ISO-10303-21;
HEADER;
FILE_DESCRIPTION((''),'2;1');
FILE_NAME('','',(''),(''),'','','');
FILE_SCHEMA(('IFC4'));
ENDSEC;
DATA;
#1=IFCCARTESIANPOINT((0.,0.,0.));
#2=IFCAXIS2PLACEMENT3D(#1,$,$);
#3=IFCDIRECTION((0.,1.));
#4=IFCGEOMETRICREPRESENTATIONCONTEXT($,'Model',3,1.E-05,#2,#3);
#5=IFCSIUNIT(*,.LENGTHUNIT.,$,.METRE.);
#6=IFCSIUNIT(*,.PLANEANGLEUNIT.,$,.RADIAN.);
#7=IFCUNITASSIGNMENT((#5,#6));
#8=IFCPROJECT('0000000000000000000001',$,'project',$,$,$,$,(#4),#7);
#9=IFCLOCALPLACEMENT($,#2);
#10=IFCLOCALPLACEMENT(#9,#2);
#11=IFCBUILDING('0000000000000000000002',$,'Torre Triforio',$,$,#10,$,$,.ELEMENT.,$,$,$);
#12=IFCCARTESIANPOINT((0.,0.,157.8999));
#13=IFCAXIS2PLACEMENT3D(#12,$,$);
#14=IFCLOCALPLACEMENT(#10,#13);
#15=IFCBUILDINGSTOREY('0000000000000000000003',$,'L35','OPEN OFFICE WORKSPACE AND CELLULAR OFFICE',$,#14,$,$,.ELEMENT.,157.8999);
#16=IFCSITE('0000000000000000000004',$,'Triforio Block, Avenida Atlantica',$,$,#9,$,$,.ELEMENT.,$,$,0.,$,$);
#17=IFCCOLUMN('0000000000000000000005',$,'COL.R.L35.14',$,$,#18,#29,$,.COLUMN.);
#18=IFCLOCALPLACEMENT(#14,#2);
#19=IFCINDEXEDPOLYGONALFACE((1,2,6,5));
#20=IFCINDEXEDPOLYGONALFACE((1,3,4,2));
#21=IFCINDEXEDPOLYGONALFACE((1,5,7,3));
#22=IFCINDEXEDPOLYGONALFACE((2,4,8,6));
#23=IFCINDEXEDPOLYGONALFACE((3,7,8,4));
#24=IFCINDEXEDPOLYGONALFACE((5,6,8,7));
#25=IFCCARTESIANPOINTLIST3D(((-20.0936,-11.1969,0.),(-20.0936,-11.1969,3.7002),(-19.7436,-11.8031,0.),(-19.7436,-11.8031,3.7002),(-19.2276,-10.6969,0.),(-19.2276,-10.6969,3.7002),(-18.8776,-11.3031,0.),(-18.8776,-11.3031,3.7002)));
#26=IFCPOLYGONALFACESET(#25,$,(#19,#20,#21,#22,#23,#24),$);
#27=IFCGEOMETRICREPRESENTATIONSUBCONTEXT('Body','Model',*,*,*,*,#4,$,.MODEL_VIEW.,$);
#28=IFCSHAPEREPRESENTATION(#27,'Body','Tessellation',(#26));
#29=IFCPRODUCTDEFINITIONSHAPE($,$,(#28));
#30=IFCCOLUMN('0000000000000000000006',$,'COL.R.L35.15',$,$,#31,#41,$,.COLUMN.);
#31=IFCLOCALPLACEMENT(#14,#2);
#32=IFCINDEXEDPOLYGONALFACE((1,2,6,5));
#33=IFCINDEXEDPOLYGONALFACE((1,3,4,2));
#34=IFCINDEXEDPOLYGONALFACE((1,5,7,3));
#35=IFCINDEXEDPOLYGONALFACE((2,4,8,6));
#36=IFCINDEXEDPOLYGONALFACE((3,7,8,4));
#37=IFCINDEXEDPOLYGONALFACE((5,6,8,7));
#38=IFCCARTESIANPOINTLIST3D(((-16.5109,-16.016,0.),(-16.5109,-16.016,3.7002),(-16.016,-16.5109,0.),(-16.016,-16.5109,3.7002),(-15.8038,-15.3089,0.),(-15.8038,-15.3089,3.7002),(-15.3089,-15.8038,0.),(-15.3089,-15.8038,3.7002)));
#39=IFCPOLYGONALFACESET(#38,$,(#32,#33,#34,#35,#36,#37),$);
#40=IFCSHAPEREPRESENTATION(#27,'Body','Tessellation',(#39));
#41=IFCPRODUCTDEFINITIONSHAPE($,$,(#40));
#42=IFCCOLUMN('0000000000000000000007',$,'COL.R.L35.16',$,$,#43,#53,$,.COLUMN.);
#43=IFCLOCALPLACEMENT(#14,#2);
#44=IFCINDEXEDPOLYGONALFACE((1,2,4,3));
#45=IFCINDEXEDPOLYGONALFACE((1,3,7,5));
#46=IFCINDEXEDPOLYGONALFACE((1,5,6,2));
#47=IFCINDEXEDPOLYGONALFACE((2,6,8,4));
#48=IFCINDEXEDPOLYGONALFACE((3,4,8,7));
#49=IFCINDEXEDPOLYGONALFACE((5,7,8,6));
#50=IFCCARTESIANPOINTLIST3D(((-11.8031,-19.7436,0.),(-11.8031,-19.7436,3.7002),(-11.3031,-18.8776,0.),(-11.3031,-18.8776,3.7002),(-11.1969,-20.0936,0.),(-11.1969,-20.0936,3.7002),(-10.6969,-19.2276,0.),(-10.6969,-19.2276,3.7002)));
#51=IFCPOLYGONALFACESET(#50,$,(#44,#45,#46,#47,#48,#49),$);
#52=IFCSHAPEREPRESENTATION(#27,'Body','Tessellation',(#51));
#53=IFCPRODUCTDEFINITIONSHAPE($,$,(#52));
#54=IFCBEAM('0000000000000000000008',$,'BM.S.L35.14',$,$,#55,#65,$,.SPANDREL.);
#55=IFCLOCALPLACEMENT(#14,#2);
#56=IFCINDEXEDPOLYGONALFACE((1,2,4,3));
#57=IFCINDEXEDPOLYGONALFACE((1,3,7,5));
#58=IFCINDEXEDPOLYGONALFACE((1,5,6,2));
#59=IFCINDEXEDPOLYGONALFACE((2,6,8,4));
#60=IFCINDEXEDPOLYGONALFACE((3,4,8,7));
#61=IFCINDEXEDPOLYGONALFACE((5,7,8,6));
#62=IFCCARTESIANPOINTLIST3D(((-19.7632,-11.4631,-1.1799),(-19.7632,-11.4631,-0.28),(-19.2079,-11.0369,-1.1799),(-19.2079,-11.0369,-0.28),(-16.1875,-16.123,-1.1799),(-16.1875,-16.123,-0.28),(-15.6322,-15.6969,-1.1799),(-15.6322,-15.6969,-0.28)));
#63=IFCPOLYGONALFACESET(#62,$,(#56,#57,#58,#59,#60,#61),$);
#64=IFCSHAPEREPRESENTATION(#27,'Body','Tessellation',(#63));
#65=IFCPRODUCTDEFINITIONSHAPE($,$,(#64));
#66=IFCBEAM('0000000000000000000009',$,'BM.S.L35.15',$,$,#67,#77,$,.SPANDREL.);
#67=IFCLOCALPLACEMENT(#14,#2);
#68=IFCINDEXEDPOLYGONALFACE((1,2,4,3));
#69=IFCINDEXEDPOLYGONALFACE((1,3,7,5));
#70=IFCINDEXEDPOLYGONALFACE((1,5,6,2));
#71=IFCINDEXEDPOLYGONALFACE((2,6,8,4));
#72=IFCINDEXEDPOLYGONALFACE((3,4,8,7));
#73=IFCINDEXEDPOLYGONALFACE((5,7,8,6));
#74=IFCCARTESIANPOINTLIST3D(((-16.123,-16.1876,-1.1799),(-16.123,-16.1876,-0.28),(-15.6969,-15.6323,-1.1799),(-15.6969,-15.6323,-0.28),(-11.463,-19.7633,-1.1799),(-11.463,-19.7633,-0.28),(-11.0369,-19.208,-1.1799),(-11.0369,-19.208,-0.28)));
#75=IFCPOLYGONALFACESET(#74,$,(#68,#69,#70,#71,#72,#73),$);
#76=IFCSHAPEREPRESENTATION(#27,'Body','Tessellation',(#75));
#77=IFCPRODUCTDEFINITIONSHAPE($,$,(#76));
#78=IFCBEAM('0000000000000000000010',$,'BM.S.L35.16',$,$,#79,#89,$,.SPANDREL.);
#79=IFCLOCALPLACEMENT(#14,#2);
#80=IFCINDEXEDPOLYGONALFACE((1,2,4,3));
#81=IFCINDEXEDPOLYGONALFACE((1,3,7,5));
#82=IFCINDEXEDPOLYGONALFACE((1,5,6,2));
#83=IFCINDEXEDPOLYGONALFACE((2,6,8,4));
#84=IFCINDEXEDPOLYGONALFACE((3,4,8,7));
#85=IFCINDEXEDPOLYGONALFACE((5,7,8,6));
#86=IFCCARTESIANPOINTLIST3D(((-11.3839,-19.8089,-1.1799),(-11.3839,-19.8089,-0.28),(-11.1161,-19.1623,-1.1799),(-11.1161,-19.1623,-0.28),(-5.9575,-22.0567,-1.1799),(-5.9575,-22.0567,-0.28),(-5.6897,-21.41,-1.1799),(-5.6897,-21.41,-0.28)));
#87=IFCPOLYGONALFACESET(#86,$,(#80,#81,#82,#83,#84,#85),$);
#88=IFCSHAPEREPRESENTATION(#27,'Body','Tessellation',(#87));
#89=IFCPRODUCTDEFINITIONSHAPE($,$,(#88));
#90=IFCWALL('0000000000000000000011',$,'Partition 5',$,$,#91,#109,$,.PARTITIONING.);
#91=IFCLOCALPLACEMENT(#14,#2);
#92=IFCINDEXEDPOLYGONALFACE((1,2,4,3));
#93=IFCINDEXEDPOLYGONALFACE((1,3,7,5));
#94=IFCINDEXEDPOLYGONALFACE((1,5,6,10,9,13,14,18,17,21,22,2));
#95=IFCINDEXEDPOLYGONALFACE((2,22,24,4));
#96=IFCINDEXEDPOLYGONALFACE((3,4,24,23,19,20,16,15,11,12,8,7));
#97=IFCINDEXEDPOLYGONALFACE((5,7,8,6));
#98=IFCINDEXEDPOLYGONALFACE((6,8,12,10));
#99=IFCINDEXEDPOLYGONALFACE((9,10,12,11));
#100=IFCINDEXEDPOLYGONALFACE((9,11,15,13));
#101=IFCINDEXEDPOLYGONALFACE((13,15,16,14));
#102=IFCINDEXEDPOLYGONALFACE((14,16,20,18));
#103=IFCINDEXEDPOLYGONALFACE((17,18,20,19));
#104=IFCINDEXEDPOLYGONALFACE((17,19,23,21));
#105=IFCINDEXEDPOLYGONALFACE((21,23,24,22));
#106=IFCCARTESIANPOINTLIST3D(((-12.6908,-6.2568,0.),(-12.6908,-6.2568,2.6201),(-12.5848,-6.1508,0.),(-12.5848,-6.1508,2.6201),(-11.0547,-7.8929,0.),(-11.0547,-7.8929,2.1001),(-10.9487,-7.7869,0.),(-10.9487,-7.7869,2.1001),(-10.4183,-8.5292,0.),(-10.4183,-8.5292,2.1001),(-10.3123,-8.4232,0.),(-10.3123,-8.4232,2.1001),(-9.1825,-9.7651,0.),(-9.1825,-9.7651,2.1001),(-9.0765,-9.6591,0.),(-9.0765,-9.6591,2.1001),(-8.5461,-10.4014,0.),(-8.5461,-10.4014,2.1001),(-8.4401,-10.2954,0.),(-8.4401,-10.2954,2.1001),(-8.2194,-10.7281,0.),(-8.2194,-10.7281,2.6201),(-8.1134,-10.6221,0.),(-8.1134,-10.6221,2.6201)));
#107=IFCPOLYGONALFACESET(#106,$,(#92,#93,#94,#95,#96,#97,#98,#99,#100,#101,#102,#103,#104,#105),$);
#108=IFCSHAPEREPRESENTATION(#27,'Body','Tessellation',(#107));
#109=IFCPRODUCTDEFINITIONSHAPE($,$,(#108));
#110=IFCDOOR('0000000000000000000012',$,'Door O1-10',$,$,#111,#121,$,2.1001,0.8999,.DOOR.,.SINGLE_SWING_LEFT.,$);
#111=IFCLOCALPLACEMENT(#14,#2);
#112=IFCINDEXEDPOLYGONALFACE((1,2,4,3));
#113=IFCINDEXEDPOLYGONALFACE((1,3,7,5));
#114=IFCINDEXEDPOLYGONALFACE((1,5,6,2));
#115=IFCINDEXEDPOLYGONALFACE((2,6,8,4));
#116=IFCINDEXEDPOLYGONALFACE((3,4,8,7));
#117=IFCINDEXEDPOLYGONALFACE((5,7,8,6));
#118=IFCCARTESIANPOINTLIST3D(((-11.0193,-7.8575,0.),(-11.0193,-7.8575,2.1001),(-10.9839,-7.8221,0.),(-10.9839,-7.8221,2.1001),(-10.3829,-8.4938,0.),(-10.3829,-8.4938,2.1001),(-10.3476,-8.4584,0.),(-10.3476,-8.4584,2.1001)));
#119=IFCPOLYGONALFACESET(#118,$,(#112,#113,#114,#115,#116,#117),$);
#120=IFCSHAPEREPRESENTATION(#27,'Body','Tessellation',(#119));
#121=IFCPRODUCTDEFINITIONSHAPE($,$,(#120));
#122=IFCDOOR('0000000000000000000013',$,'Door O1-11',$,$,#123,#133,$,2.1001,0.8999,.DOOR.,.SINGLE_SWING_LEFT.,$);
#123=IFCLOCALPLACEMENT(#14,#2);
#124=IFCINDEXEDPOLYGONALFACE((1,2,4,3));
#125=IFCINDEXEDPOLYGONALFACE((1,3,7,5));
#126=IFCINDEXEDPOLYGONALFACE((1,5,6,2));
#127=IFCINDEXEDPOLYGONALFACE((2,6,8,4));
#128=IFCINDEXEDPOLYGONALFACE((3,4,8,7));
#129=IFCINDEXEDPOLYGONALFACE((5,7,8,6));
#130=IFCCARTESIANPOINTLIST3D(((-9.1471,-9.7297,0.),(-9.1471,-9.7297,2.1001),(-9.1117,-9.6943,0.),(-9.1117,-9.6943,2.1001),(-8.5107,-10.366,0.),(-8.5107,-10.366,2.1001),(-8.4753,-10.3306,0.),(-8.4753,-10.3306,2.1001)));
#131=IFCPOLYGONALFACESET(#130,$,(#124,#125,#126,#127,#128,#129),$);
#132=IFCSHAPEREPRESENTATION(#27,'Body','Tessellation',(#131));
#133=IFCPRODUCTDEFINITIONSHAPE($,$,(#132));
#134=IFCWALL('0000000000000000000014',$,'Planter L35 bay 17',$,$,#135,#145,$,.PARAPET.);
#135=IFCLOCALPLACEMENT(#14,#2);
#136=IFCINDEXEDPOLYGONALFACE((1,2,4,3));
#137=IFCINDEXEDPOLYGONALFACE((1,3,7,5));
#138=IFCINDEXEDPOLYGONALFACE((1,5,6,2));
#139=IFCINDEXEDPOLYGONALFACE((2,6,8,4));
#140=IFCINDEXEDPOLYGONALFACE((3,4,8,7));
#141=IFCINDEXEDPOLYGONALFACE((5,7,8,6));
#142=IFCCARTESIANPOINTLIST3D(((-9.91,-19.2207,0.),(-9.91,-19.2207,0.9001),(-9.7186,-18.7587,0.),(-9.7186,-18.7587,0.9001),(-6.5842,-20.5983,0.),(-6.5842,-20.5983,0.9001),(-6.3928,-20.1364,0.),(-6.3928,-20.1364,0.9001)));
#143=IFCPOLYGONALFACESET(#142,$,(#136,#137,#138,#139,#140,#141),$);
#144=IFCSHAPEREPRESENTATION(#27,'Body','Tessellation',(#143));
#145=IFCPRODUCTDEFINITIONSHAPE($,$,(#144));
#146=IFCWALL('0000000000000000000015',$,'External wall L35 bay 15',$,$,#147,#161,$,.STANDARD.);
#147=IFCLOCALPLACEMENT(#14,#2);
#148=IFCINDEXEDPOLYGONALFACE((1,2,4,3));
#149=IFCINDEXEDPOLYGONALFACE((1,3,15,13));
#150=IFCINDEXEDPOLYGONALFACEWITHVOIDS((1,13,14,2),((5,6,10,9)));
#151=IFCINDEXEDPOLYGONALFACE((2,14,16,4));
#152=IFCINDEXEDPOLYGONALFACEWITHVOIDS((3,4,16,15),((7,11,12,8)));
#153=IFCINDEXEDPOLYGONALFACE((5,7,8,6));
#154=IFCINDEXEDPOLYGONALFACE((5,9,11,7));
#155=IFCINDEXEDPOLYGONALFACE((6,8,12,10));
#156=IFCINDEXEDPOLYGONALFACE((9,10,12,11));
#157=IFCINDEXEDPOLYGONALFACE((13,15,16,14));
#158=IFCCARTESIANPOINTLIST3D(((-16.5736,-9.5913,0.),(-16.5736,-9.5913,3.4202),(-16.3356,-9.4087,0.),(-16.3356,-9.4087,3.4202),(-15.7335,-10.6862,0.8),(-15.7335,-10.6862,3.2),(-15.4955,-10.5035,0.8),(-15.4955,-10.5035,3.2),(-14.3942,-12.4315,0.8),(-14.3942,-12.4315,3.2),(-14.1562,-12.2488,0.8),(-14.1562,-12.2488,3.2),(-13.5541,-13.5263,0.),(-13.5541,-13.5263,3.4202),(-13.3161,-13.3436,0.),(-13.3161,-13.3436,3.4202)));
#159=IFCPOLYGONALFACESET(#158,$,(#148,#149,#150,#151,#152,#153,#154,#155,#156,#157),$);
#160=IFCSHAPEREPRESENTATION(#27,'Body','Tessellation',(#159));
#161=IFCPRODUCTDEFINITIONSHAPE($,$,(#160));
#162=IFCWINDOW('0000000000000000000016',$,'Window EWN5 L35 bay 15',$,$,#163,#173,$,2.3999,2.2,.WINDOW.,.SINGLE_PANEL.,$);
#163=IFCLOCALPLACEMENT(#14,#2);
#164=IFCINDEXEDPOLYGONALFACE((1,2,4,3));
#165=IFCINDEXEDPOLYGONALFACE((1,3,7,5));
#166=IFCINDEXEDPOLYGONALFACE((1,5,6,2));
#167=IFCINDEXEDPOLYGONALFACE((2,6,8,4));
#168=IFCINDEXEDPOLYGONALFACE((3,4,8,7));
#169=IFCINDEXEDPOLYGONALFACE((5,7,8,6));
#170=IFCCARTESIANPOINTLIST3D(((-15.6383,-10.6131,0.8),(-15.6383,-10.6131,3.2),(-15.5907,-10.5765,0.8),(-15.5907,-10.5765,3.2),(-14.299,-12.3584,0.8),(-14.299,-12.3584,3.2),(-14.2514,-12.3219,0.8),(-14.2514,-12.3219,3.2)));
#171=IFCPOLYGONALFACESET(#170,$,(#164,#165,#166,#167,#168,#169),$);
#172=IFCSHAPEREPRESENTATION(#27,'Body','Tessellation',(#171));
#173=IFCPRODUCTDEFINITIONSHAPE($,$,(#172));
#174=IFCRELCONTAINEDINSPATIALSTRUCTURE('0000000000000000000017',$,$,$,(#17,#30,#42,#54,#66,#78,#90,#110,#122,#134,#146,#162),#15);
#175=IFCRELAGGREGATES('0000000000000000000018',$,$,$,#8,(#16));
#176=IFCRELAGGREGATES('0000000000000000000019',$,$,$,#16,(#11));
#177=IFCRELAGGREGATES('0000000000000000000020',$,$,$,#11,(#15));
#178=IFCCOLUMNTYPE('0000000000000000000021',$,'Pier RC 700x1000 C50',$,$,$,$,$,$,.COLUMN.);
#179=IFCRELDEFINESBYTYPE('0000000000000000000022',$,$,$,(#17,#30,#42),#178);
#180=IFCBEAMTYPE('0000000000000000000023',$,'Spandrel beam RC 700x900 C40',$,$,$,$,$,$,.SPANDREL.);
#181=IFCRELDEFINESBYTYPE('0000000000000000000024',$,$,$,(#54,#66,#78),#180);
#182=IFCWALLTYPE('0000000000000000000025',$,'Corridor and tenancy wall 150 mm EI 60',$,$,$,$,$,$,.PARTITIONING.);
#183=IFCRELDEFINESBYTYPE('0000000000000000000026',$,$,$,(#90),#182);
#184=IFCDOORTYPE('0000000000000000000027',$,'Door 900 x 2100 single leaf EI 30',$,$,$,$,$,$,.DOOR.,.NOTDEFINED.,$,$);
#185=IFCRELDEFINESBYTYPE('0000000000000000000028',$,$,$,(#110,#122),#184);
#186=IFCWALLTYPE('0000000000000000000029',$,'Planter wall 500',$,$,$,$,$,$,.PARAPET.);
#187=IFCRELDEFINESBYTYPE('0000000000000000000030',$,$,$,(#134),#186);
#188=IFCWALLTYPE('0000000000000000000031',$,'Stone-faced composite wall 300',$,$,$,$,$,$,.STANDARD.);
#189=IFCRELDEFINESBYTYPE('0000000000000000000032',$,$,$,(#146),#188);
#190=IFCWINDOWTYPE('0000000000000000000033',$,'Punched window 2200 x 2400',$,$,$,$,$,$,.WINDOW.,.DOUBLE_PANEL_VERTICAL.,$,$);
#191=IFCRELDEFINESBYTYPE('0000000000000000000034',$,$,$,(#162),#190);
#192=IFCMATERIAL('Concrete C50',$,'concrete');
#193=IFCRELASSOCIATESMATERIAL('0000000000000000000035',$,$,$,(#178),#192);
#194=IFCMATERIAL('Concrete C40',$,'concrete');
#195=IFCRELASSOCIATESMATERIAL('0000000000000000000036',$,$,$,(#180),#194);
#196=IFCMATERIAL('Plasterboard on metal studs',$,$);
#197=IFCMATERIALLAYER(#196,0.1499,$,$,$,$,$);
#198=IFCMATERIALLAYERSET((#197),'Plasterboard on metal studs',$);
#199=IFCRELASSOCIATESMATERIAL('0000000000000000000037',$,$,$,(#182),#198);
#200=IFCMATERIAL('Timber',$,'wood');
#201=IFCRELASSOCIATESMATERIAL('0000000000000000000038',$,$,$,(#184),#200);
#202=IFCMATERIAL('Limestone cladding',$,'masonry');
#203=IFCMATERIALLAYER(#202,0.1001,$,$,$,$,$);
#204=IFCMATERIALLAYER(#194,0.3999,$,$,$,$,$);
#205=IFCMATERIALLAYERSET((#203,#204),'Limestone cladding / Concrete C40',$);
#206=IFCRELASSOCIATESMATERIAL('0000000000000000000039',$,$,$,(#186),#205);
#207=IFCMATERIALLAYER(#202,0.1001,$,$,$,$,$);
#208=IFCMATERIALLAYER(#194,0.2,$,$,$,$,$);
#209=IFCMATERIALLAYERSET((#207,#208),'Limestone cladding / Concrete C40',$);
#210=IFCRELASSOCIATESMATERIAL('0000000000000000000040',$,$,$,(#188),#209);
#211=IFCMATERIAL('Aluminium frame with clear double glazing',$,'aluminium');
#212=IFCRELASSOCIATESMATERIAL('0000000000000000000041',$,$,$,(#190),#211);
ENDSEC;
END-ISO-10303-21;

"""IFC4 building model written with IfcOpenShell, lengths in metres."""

from ifc_helpers import new_model, si_unit, direction, frame, frame_2d, origin, origin_2d, place, context, subcontext, project, spatial, rectangle, extrude, material, layer, layer_set, material_profile, profile_set, type_object, element, fill, save


model = new_model("IFC4")

# Units and contexts
model_context = context("Model", 3, precision=1e-05, world=origin(), true_north=direction((0.0, 1.0)))
body_context = subcontext(model_context, "Body", "Model", "MODEL_VIEW")
ifc_project = project(units=[si_unit("LENGTHUNIT", "METRE"), si_unit("PLANEANGLEUNIT", "RADIAN")], contexts=[model_context])

# Site, building, storey
site_placement = place(None, origin())
site = spatial("IfcSite", under=ifc_project, at=site_placement, Name="Triforio Block, Avenida Atlantica", CompositionType="ELEMENT", RefElevation=0.0)
building_placement = place(site_placement, origin())
building = spatial("IfcBuilding", under=site, at=building_placement, Name="Torre Triforio", CompositionType="ELEMENT")
storey_placement = place(building_placement, frame((0.0, 0.0, 157.8999)))
storey = spatial("IfcBuildingStorey", under=building, at=storey_placement, Name="L35", Description="OPEN OFFICE WORKSPACE AND CELLULAR OFFICE", CompositionType="ELEMENT", Elevation=157.8999)

# Columns
ifc_material_1 = material(Name="Concrete C50", Category="concrete")
ifc_material_profile_1 = material_profile(ifc_material_1, rectangle(XDim=0.7, YDim=1.0, at=origin_2d()), Name="RC 700x1000")
ifc_profile_set_1 = profile_set([ifc_material_profile_1], Name="Concrete C50")
column_type = type_object("IfcColumnType", Name="Pier RC 700x1000 C50", PredefinedType="COLUMN", material=ifc_profile_set_1)
for number, where, z_axis, x_axis, name in (
    (1, (-19.4856, -11.25, 0.0), (0.0, 0.0, 1.0), (0.5, -0.866025, 0.0), "COL.R.L35.14"),
    (2, (-15.9099, -15.9099, 0.0), (0.0, 0.0, 1.0), (0.707107, -0.707107, 0.0), "COL.R.L35.15"),
    (3, (-11.25, -19.4856, 0.0), (0.0, 0.0, 1.0), (0.866025, -0.5, 0.0), "COL.R.L35.16"),
):
    element("IfcColumn", number, at=place(storey_placement, frame(where, z_axis=z_axis, x_axis=x_axis)), inside=storey, type_object=column_type, Name=name, PredefinedType="COLUMN", context=body_context, shape_type="SweptSolid", body=[
        extrude(rectangle(XDim=0.7, YDim=1.0, at=origin_2d()), origin(), (0.0, 0.0, 1.0), 3.7002),
    ])

# Beams
ifc_material_2 = material(Name="Concrete C40", Category="concrete")
ifc_material_profile_2 = material_profile(ifc_material_2, rectangle(XDim=0.7, YDim=0.8999, at=origin_2d()), Name="RC 700x900")
ifc_profile_set_2 = profile_set([ifc_material_profile_2], Name="Concrete C40")
beam_type = type_object("IfcBeamType", Name="Spandrel beam RC 700x900 C40", PredefinedType="SPANDREL", material=ifc_profile_set_2)
for number, where, z_axis, x_axis, name in (
    (4, (-19.4856, -11.25, -0.73), (0.608762, -0.793353, 0.0), (0.793353, 0.608762, 0.0), "BM.S.L35.14"),
    (5, (-15.9099, -15.9099, -0.73), (0.793353, -0.608762, 0.0), (0.608762, 0.793353, 0.0), "BM.S.L35.15"),
):
    element("IfcBeam", number, at=place(storey_placement, frame(where, z_axis=z_axis, x_axis=x_axis)), inside=storey, type_object=beam_type, Name=name, PredefinedType="SPANDREL", context=body_context, shape_type="SweptSolid", body=[
        extrude(rectangle(XDim=0.7, YDim=0.8999, at=origin_2d()), origin(), (0.0, 0.0, 1.0), 5.8738),
    ])
beam_placement = place(storey_placement, frame((-11.25, -19.4856, -0.73), z_axis=(0.923875, -0.382693, 0.0), x_axis=(0.382693, 0.923875, 0.0)))
element("IfcBeam", 6, at=beam_placement, inside=storey, type_object=beam_type, Name="BM.S.L35.16", PredefinedType="SPANDREL", context=body_context, shape_type="SweptSolid", body=[
    extrude(rectangle(XDim=0.7, YDim=0.8999, at=origin_2d()), origin(), (0.0, 0.0, 1.0), 5.8735),
])

# Wall, openings, doors
ifc_material_3 = material(Name="Plasterboard on metal studs")
ifc_layer_1 = layer(ifc_material_3, 0.1499)
ifc_layer_set_1 = layer_set([ifc_layer_1], Name="Plasterboard on metal studs")
wall_type_1 = type_object("IfcWallType", Name="Corridor and tenancy wall 150 mm EI 60", PredefinedType="PARTITIONING", material=ifc_layer_set_1)
wall_1_placement = place(storey_placement, frame((-8.1665, -10.675, 0.0), z_axis=(0.0, 0.0, 1.0), x_axis=(-0.707107, 0.707107, 0.0)))
wall_1 = element("IfcWall", 7, at=wall_1_placement, inside=storey, type_object=wall_type_1, Name="Partition 5", PredefinedType="PARTITIONING", context=body_context, shape_type="SweptSolid", body=[
    extrude(rectangle(XDim=6.3235, YDim=0.1499, at=frame_2d((3.1616, 0.0))), origin(), (0.0, 0.0, 1.0), 2.6201),
])
opening_1_placement = place(wall_1_placement, frame((3.1096, 0.0, 0.0)))
opening_1 = element("IfcOpeningElement", 8, at=opening_1_placement, cuts=wall_1, PredefinedType="OPENING", context=body_context, shape_type="SweptSolid", body=[
    extrude(rectangle(XDim=0.8999, YDim=2.1001, at=frame_2d((0.45, 1.05))), frame((0.0, 0.085, 0.0), z_axis=(0.0, -1.0, 0.0), x_axis=(1.0, 0.0, 0.0)), (0.0, 0.0, 1.0), 0.1699),
])
opening_2_placement = place(wall_1_placement, frame((0.4619, 0.0, 0.0)))
opening_2 = element("IfcOpeningElement", 9, at=opening_2_placement, cuts=wall_1, PredefinedType="OPENING", context=body_context, shape_type="SweptSolid", body=[
    extrude(rectangle(XDim=0.8999, YDim=2.1001, at=frame_2d((0.45, 1.05))), frame((0.0, 0.085, 0.0), z_axis=(0.0, -1.0, 0.0), x_axis=(1.0, 0.0, 0.0)), (0.0, 0.0, 1.0), 0.1699),
])
ifc_material_4 = material(Name="Timber", Category="wood")
door_type_1 = type_object("IfcDoorType", Name="Door 900 x 2100 single leaf EI 30", OperationType="NOTDEFINED", PredefinedType="DOOR", material=ifc_material_4)
door_1_placement = place(opening_1_placement, origin())
door_1 = element("IfcDoor", 10, at=door_1_placement, inside=storey, type_object=door_type_1, Name="Door O1-10", OperationType="SINGLE_SWING_LEFT", OverallHeight=2.1001, OverallWidth=0.8999, PredefinedType="DOOR", context=body_context, shape_type="SweptSolid", body=[
    extrude(rectangle(XDim=0.8999, YDim=2.1001, at=frame_2d((0.45, 1.05))), frame((0.0, 0.0249, 0.0), z_axis=(0.0, -1.0, 0.0), x_axis=(1.0, 0.0, 0.0)), (0.0, 0.0, 1.0), 0.05),
])
fill(opening_1, door_1)
door_2_placement = place(opening_2_placement, origin())
door_2 = element("IfcDoor", 11, at=door_2_placement, inside=storey, type_object=door_type_1, Name="Door O1-11", OperationType="SINGLE_SWING_LEFT", OverallHeight=2.1001, OverallWidth=0.8999, PredefinedType="DOOR", context=body_context, shape_type="SweptSolid", body=[
    extrude(rectangle(XDim=0.8999, YDim=2.1001, at=frame_2d((0.45, 1.05))), frame((0.0, 0.0249, 0.0), z_axis=(0.0, -1.0, 0.0), x_axis=(1.0, 0.0, 0.0)), (0.0, 0.0, 1.0), 0.05),
])
fill(opening_2, door_2)

# Wall
ifc_material_5 = material(Name="Limestone cladding", Category="masonry")
ifc_layer_2 = layer(ifc_material_5, 0.1001)
ifc_layer_3 = layer(ifc_material_2, 0.3999)
ifc_layer_set_2 = layer_set([ifc_layer_2, ifc_layer_3], Name="Limestone cladding / Concrete C40")
wall_type_2 = type_object("IfcWallType", Name="Planter wall 500", PredefinedType="PARAPET", material=ifc_layer_set_2)
wall_2_placement = place(storey_placement, frame((-9.8142, -18.9897, 0.0), z_axis=(0.0, 0.0, 1.0), x_axis=(0.923875, -0.382693, 0.0)))
element("IfcWall", 12, at=wall_2_placement, inside=storey, type_object=wall_type_2, Name="Planter L35 bay 17", PredefinedType="PARAPET", context=body_context, shape_type="SweptSolid", body=[
    extrude(rectangle(XDim=3.5999, YDim=0.5, at=frame_2d((1.7998, 0.0))), origin(), (0.0, 0.0, 1.0), 0.9001),
])

# Wall, opening, window
ifc_layer_4 = layer(ifc_material_5, 0.1001)
ifc_layer_5 = layer(ifc_material_2, 0.2)
ifc_layer_set_3 = layer_set([ifc_layer_4, ifc_layer_5], Name="Limestone cladding / Concrete C40")
wall_type_3 = type_object("IfcWallType", Name="Stone-faced composite wall 300", PredefinedType="STANDARD", material=ifc_layer_set_3)
wall_3_placement = place(storey_placement, frame((-16.4546, -9.5, 0.0), z_axis=(0.0, 0.0, 1.0), x_axis=(0.608768, -0.793348, 0.0)))
wall_3 = element("IfcWall", 13, at=wall_3_placement, inside=storey, type_object=wall_type_3, Name="External wall L35 bay 15", PredefinedType="STANDARD", context=body_context, shape_type="SweptSolid", body=[
    extrude(rectangle(XDim=4.96, YDim=0.3, at=frame_2d((2.48, 0.0))), origin(), (0.0, 0.0, 1.0), 3.4202),
])
opening_3_placement = place(wall_3_placement, frame((1.3799, 0.0, 0.8)))
opening_3 = element("IfcOpeningElement", 14, at=opening_3_placement, cuts=wall_3, PredefinedType="OPENING", context=body_context, shape_type="SweptSolid", body=[
    extrude(rectangle(XDim=2.2, YDim=2.3999, at=frame_2d((1.1001, 1.2))), frame((0.0, 0.1599, 0.0), z_axis=(0.0, -1.0, 0.0), x_axis=(1.0, 0.0, 0.0)), (0.0, 0.0, 1.0), 0.3201),
])
ifc_material_6 = material(Name="Aluminium frame with clear double glazing", Category="aluminium")
window_type_1 = type_object("IfcWindowType", Name="Punched window 2200 x 2400", PartitioningType="DOUBLE_PANEL_VERTICAL", PredefinedType="WINDOW", material=ifc_material_6)
window_1_placement = place(opening_3_placement, origin())
window_1 = element("IfcWindow", 15, at=window_1_placement, inside=storey, type_object=window_type_1, Name="Window EWN5 L35 bay 15", OverallHeight=2.3999, OverallWidth=2.2, PartitioningType="SINGLE_PANEL", PredefinedType="WINDOW", context=body_context, shape_type="SweptSolid", body=[
    extrude(rectangle(XDim=2.2, YDim=2.3999, at=frame_2d((1.1001, 1.2))), frame((0.0, 0.03, 0.0), z_axis=(0.0, -1.0, 0.0), x_axis=(1.0, 0.0, 0.0)), (0.0, 0.0, 1.0), 0.0601),
])
fill(opening_3, window_1)

save(model, "model.ifc")
